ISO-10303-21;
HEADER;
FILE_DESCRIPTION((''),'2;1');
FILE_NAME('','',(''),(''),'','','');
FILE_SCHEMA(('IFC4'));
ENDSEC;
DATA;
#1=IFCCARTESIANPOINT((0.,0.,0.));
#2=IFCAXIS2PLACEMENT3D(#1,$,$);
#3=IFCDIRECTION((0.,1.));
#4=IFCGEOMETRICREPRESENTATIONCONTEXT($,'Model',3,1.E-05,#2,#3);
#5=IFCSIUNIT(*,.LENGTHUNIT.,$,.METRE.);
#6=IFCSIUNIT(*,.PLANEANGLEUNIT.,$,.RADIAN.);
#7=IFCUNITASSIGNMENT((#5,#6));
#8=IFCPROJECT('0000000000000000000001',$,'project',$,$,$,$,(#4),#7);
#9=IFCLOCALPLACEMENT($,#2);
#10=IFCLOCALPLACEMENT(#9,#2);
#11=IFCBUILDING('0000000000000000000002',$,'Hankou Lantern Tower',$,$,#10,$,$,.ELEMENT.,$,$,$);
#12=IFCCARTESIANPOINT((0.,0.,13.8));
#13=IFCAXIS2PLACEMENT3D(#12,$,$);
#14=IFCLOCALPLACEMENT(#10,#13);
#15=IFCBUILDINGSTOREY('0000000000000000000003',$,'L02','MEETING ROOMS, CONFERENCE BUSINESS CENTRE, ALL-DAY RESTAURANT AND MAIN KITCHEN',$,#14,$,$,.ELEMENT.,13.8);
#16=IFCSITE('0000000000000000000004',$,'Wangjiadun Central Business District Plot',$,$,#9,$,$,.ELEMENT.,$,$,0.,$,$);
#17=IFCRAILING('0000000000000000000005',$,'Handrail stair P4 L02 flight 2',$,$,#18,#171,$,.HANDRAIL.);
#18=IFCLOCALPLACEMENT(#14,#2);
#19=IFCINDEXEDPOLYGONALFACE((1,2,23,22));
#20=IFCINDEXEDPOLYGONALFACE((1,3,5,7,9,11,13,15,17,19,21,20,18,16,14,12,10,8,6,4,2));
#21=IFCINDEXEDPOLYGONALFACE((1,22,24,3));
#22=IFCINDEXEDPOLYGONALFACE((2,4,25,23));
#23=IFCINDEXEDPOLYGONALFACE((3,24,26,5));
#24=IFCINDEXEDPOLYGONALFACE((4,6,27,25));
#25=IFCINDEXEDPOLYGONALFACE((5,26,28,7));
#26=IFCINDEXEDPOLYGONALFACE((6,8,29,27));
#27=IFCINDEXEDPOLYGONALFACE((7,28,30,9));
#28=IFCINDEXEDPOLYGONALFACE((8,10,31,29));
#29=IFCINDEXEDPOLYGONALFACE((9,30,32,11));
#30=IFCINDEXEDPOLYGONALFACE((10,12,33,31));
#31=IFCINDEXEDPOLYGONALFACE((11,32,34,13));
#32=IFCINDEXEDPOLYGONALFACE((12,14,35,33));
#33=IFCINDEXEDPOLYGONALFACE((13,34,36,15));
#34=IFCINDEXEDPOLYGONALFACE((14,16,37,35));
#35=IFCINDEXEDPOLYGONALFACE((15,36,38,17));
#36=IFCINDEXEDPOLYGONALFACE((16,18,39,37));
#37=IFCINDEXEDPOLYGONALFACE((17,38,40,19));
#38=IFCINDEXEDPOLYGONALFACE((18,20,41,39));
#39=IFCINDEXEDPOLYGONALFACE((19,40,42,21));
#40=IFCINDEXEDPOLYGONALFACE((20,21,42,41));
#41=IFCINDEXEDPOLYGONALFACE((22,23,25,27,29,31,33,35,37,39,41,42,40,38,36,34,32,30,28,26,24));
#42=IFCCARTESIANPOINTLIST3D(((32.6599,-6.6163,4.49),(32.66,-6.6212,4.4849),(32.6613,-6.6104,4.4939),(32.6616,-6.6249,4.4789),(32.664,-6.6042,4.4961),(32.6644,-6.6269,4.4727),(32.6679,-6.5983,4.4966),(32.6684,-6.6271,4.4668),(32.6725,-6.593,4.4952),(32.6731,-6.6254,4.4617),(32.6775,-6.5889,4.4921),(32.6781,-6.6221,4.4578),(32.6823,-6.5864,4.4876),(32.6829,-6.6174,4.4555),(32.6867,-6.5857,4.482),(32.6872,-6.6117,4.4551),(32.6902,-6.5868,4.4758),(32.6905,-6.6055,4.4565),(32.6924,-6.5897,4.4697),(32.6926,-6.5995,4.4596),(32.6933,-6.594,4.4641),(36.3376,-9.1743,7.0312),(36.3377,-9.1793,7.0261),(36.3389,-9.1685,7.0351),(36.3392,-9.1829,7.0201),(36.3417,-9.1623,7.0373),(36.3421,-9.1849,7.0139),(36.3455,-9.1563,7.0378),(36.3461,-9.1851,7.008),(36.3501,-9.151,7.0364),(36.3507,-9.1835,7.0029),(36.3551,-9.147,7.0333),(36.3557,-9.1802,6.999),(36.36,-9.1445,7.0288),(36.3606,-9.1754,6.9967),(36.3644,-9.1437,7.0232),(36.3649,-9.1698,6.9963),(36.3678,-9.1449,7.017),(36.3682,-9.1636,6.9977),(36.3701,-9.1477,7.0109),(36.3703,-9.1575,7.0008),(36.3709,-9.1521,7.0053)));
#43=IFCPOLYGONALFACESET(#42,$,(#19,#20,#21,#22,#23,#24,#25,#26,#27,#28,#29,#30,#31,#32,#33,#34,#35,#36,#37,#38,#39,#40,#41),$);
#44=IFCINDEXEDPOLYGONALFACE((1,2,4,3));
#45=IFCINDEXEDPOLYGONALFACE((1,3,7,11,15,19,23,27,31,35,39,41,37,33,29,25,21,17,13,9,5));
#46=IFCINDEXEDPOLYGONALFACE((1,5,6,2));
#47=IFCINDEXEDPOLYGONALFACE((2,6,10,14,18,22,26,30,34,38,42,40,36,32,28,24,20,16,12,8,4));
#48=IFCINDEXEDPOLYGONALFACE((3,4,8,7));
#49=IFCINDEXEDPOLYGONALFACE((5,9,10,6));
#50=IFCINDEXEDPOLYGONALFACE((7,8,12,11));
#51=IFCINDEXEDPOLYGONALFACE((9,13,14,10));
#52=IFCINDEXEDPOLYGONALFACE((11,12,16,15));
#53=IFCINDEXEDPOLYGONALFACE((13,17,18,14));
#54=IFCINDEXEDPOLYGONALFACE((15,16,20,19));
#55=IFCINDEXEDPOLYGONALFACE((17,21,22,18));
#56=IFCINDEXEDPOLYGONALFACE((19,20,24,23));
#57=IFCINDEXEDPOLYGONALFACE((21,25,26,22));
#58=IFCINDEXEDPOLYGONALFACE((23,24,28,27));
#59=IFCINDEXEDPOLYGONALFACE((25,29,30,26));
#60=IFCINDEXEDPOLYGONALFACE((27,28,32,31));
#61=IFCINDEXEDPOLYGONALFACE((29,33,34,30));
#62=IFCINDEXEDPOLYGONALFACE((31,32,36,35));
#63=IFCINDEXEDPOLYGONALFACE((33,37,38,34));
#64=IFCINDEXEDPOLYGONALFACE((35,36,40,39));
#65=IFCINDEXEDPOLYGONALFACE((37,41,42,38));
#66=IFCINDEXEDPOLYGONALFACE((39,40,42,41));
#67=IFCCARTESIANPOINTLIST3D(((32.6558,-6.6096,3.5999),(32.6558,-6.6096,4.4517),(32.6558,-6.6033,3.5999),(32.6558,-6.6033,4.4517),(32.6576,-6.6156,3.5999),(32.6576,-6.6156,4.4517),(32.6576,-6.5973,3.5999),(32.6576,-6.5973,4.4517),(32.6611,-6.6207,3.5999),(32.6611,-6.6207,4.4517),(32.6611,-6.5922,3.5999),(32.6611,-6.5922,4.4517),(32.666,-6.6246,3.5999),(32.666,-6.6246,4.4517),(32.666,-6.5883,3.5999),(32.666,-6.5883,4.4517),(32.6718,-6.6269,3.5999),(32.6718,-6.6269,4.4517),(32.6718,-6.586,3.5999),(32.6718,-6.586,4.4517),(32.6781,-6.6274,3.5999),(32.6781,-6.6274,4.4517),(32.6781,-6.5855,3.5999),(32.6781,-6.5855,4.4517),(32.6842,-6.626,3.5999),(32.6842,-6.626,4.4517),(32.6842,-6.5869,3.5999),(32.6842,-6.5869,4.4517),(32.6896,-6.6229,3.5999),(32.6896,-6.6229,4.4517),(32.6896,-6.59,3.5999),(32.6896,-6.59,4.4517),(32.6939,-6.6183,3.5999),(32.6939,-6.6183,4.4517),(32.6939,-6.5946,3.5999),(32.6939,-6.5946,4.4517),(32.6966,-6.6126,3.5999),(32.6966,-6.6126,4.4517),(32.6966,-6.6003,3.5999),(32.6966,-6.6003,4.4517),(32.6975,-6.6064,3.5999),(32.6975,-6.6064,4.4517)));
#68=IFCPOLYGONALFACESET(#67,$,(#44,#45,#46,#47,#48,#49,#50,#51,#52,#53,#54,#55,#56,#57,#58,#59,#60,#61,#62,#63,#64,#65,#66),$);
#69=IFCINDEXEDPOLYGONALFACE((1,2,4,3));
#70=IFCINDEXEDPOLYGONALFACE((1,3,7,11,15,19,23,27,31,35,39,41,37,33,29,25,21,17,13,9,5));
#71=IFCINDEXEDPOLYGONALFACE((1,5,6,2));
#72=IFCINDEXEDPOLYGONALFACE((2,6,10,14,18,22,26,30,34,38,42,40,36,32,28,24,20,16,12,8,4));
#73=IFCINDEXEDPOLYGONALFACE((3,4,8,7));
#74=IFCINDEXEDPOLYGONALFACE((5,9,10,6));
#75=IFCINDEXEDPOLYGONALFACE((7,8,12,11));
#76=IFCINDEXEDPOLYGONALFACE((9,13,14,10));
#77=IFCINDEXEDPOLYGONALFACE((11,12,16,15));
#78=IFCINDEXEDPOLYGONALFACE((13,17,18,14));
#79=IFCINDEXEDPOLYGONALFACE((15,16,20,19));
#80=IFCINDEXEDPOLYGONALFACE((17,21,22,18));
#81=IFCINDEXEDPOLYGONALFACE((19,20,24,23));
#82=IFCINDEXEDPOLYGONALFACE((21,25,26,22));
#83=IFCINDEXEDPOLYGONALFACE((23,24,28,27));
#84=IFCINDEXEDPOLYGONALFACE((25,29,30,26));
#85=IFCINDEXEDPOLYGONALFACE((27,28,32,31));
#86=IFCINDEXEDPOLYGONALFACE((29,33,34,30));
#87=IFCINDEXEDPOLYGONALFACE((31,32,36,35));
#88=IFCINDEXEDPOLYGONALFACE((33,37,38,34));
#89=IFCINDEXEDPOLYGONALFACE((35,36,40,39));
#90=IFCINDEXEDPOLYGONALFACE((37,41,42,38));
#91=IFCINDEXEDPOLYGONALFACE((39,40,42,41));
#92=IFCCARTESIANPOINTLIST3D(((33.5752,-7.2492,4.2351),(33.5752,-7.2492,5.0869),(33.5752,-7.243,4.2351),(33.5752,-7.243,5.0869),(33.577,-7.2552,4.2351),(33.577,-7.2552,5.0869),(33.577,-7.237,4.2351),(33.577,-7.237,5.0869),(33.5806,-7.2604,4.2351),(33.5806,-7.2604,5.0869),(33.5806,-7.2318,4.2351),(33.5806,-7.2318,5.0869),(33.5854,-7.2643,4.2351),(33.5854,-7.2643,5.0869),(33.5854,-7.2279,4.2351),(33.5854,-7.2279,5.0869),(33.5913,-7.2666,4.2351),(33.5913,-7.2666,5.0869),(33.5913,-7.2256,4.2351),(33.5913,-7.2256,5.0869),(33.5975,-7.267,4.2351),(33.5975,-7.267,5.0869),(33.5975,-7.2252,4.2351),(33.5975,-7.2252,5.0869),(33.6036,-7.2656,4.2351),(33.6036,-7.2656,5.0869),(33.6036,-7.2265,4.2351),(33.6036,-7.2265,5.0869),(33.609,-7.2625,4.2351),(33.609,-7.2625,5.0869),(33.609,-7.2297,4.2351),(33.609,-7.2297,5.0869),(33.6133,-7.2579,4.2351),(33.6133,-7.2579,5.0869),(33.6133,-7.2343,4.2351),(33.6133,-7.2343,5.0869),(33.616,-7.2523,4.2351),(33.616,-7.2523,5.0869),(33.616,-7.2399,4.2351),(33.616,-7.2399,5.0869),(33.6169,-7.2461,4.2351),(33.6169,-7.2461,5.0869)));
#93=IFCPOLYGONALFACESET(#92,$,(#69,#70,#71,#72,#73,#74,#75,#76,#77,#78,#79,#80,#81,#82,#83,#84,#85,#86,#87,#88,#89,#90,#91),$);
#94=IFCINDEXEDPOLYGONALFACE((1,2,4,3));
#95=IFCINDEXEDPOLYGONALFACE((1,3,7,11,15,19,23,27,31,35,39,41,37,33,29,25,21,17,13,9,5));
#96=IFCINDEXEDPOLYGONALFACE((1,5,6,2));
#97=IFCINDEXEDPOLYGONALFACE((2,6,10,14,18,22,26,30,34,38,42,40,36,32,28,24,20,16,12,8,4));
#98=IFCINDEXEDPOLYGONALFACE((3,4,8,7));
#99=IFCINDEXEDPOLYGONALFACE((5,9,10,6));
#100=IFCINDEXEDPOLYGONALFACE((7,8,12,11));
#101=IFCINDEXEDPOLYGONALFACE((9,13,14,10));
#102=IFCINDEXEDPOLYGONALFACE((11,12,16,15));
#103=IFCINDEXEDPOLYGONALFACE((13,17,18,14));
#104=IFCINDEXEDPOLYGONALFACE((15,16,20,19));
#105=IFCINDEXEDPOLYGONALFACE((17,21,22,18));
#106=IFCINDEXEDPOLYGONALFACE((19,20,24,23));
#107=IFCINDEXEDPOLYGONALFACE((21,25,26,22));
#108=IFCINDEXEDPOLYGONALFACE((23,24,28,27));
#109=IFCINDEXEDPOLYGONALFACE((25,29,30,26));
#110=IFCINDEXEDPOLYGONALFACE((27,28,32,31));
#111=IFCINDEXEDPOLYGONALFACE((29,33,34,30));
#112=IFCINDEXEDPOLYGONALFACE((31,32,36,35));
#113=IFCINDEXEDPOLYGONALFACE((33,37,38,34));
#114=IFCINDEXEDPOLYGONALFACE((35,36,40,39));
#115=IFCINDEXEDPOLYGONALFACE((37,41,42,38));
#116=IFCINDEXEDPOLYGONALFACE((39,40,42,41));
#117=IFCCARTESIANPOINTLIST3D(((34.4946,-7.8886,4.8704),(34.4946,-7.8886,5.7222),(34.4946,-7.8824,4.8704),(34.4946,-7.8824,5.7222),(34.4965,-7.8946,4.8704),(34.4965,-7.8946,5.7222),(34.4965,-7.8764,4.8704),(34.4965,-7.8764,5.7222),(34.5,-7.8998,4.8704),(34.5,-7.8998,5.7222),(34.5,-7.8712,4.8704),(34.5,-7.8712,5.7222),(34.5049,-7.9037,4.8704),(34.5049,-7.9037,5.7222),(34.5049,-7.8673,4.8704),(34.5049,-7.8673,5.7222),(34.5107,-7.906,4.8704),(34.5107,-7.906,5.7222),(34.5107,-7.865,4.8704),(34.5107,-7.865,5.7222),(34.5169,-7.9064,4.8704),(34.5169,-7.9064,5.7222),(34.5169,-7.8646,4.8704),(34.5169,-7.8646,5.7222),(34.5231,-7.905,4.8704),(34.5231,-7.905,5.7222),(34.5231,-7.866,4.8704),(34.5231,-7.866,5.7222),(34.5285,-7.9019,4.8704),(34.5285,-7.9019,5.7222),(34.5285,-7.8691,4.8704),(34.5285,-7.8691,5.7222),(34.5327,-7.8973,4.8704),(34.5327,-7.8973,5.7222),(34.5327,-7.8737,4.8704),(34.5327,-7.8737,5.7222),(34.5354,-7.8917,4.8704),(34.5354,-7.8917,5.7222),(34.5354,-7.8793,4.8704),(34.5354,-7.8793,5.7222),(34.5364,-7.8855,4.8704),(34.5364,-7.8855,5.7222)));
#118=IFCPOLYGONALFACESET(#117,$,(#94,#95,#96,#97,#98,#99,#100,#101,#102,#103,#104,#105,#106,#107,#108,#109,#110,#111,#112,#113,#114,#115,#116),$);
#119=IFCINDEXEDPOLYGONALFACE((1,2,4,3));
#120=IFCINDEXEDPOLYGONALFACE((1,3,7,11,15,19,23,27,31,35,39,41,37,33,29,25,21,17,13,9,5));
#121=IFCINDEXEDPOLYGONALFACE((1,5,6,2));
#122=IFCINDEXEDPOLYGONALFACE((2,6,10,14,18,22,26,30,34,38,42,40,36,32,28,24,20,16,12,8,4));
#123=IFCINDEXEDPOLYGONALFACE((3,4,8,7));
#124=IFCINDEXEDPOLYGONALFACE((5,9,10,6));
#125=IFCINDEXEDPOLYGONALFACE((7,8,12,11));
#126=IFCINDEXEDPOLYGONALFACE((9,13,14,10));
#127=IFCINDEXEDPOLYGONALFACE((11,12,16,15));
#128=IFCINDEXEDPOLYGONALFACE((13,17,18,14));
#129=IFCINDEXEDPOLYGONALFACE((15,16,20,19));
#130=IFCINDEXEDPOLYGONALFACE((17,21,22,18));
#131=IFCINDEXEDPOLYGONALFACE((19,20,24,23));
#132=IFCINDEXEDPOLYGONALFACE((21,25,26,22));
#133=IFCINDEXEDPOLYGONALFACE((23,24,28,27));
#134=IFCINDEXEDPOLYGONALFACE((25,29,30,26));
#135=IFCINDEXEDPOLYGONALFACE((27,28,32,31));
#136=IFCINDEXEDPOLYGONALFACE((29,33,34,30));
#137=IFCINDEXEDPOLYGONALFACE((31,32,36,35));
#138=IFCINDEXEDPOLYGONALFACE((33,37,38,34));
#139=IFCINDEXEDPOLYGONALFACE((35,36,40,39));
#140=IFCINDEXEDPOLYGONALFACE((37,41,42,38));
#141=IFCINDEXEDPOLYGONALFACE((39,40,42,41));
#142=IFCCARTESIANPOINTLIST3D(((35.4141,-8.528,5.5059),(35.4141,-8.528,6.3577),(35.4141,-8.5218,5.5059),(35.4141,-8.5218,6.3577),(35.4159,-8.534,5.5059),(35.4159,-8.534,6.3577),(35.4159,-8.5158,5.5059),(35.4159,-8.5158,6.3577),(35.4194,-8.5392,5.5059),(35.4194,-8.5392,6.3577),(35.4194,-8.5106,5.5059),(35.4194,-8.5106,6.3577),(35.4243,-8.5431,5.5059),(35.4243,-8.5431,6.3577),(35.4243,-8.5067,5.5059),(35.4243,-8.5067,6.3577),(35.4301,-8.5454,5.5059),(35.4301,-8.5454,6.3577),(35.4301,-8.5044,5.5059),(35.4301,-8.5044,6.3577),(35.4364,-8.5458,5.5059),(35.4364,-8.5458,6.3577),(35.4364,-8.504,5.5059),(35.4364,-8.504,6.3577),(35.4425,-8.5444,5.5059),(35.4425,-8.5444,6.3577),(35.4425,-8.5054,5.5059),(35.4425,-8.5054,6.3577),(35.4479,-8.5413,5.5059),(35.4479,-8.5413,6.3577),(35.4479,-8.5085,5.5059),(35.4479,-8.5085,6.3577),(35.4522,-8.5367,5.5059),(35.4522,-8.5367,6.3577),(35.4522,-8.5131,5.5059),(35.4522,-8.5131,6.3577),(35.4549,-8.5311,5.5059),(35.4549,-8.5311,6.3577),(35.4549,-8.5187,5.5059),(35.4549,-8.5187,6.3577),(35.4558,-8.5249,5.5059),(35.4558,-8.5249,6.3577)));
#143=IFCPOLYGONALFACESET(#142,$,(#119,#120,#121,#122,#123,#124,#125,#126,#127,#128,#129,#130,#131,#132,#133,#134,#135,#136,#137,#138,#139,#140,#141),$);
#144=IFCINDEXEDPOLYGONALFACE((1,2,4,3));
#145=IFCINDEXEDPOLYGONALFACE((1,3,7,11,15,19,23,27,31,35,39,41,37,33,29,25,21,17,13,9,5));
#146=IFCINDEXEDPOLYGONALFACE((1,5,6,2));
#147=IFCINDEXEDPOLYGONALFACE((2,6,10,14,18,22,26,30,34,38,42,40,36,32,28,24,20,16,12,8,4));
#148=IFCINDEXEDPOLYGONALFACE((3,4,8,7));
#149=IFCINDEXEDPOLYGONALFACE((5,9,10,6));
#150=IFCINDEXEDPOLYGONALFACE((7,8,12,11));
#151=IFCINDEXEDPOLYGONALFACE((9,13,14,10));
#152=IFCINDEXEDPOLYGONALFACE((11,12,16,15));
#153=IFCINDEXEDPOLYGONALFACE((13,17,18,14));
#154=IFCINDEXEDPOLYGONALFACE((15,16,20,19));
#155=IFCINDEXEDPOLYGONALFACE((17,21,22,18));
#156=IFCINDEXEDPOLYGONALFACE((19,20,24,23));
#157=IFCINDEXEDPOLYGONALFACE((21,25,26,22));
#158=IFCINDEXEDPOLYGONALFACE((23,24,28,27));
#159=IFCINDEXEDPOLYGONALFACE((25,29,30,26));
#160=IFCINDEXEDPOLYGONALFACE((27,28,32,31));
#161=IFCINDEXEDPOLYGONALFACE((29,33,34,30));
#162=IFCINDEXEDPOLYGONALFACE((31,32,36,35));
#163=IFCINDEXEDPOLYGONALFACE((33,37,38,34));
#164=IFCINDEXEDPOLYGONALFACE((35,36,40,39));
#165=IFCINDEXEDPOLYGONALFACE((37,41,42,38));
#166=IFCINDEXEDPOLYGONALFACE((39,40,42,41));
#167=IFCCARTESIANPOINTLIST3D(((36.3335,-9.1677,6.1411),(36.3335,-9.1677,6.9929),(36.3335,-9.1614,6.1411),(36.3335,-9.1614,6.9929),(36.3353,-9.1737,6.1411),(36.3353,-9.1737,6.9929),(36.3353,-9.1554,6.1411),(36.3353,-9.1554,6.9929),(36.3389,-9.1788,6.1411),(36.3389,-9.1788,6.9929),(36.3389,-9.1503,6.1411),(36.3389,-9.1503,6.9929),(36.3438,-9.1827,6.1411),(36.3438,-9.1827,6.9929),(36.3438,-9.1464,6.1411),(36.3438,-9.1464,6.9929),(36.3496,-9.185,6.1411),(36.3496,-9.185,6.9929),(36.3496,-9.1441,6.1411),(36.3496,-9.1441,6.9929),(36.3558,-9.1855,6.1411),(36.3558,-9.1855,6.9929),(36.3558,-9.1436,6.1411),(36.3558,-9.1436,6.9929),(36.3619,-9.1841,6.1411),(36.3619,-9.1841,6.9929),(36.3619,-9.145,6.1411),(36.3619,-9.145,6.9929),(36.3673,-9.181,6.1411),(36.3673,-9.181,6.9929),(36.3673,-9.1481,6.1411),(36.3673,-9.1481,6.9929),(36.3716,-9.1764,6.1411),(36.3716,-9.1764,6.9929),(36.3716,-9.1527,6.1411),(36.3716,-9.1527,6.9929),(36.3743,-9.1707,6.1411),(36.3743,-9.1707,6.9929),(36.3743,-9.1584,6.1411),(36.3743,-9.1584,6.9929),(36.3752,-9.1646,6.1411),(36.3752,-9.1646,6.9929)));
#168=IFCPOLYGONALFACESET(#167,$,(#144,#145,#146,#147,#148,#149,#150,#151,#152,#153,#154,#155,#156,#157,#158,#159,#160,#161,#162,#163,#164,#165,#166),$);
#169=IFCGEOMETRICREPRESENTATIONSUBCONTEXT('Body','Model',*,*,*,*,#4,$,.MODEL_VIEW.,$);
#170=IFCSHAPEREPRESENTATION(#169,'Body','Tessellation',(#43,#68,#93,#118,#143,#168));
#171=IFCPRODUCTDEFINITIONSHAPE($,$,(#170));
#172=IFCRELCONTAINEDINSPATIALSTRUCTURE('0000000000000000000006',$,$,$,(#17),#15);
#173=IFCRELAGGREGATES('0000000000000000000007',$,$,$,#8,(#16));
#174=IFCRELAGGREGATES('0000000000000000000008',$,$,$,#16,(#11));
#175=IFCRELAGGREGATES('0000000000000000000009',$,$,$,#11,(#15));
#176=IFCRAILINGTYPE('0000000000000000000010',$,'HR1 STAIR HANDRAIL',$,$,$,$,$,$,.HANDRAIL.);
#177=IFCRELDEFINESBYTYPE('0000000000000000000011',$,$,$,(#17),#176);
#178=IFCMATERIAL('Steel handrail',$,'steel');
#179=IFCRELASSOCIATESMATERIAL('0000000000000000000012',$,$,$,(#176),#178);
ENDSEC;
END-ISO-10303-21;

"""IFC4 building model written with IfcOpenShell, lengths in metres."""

from ifc_helpers import new_model, si_unit, direction, frame, origin, origin_2d, place, context, subcontext, project, spatial, circle, extrude, material, type_object, element, save


model = new_model("IFC4")

# Units and contexts
model_context = context("Model", 3, precision=1e-05, world=origin(), true_north=direction((0.0, 1.0)))
body_context = subcontext(model_context, "Body", "Model", "MODEL_VIEW")
ifc_project = project(units=[si_unit("LENGTHUNIT", "METRE"), si_unit("PLANEANGLEUNIT", "RADIAN")], contexts=[model_context])

# Site, building, storey
site_placement = place(None, origin())
site = spatial("IfcSite", under=ifc_project, at=site_placement, Name="Wangjiadun Central Business District Plot", CompositionType="ELEMENT", RefElevation=0.0)
building_placement = place(site_placement, origin())
building = spatial("IfcBuilding", under=site, at=building_placement, Name="Hankou Lantern Tower", CompositionType="ELEMENT")
storey_placement = place(building_placement, frame((0.0, 0.0, 13.8)))
storey = spatial("IfcBuildingStorey", under=building, at=storey_placement, Name="L02", Description="MEETING ROOMS, CONFERENCE BUSINESS CENTRE, ALL-DAY RESTAURANT AND MAIN KITCHEN", CompositionType="ELEMENT", Elevation=13.8)

# Railing
ifc_material_1 = material(Name="Steel handrail", Category="steel")
railing_type = type_object("IfcRailingType", Name="HR1 STAIR HANDRAIL", PredefinedType="HANDRAIL", material=ifc_material_1)
railing_placement = place(storey_placement, frame((32.6765, -6.6064, 3.5999)))
element("IfcRailing", 1, at=railing_placement, inside=storey, type_object=railing_type, Name="Handrail stair P4 L02 flight 2", PredefinedType="HANDRAIL", context=body_context, shape_type="SweptSolid", body=[
    extrude(circle(Radius=0.0239, at=origin_2d()), frame((0.0, 0.0, 0.876), z_axis=(0.714054, -0.496671, 0.493401), x_axis=(0.571017, 0.820939, 0.0)), (0.0, 0.0, 1.0), 5.1504),
    extrude(circle(Radius=0.021, at=origin_2d()), origin(), (0.0, 0.0, 1.0), 0.8518),
    extrude(circle(Radius=0.021, at=origin_2d()), frame((0.9194, -0.6396, 0.6353)), (0.0, 0.0, 1.0), 0.8518),
    extrude(circle(Radius=0.021, at=origin_2d()), frame((1.8389, -1.2791, 1.2705)), (0.0, 0.0, 1.0), 0.8518),
    extrude(circle(Radius=0.021, at=origin_2d()), frame((2.7583, -1.9185, 1.906)), (0.0, 0.0, 1.0), 0.8518),
    extrude(circle(Radius=0.021, at=origin_2d()), frame((3.6777, -2.5581, 2.5413)), (0.0, 0.0, 1.0), 0.8518),
])

save(model, "model.ifc")
